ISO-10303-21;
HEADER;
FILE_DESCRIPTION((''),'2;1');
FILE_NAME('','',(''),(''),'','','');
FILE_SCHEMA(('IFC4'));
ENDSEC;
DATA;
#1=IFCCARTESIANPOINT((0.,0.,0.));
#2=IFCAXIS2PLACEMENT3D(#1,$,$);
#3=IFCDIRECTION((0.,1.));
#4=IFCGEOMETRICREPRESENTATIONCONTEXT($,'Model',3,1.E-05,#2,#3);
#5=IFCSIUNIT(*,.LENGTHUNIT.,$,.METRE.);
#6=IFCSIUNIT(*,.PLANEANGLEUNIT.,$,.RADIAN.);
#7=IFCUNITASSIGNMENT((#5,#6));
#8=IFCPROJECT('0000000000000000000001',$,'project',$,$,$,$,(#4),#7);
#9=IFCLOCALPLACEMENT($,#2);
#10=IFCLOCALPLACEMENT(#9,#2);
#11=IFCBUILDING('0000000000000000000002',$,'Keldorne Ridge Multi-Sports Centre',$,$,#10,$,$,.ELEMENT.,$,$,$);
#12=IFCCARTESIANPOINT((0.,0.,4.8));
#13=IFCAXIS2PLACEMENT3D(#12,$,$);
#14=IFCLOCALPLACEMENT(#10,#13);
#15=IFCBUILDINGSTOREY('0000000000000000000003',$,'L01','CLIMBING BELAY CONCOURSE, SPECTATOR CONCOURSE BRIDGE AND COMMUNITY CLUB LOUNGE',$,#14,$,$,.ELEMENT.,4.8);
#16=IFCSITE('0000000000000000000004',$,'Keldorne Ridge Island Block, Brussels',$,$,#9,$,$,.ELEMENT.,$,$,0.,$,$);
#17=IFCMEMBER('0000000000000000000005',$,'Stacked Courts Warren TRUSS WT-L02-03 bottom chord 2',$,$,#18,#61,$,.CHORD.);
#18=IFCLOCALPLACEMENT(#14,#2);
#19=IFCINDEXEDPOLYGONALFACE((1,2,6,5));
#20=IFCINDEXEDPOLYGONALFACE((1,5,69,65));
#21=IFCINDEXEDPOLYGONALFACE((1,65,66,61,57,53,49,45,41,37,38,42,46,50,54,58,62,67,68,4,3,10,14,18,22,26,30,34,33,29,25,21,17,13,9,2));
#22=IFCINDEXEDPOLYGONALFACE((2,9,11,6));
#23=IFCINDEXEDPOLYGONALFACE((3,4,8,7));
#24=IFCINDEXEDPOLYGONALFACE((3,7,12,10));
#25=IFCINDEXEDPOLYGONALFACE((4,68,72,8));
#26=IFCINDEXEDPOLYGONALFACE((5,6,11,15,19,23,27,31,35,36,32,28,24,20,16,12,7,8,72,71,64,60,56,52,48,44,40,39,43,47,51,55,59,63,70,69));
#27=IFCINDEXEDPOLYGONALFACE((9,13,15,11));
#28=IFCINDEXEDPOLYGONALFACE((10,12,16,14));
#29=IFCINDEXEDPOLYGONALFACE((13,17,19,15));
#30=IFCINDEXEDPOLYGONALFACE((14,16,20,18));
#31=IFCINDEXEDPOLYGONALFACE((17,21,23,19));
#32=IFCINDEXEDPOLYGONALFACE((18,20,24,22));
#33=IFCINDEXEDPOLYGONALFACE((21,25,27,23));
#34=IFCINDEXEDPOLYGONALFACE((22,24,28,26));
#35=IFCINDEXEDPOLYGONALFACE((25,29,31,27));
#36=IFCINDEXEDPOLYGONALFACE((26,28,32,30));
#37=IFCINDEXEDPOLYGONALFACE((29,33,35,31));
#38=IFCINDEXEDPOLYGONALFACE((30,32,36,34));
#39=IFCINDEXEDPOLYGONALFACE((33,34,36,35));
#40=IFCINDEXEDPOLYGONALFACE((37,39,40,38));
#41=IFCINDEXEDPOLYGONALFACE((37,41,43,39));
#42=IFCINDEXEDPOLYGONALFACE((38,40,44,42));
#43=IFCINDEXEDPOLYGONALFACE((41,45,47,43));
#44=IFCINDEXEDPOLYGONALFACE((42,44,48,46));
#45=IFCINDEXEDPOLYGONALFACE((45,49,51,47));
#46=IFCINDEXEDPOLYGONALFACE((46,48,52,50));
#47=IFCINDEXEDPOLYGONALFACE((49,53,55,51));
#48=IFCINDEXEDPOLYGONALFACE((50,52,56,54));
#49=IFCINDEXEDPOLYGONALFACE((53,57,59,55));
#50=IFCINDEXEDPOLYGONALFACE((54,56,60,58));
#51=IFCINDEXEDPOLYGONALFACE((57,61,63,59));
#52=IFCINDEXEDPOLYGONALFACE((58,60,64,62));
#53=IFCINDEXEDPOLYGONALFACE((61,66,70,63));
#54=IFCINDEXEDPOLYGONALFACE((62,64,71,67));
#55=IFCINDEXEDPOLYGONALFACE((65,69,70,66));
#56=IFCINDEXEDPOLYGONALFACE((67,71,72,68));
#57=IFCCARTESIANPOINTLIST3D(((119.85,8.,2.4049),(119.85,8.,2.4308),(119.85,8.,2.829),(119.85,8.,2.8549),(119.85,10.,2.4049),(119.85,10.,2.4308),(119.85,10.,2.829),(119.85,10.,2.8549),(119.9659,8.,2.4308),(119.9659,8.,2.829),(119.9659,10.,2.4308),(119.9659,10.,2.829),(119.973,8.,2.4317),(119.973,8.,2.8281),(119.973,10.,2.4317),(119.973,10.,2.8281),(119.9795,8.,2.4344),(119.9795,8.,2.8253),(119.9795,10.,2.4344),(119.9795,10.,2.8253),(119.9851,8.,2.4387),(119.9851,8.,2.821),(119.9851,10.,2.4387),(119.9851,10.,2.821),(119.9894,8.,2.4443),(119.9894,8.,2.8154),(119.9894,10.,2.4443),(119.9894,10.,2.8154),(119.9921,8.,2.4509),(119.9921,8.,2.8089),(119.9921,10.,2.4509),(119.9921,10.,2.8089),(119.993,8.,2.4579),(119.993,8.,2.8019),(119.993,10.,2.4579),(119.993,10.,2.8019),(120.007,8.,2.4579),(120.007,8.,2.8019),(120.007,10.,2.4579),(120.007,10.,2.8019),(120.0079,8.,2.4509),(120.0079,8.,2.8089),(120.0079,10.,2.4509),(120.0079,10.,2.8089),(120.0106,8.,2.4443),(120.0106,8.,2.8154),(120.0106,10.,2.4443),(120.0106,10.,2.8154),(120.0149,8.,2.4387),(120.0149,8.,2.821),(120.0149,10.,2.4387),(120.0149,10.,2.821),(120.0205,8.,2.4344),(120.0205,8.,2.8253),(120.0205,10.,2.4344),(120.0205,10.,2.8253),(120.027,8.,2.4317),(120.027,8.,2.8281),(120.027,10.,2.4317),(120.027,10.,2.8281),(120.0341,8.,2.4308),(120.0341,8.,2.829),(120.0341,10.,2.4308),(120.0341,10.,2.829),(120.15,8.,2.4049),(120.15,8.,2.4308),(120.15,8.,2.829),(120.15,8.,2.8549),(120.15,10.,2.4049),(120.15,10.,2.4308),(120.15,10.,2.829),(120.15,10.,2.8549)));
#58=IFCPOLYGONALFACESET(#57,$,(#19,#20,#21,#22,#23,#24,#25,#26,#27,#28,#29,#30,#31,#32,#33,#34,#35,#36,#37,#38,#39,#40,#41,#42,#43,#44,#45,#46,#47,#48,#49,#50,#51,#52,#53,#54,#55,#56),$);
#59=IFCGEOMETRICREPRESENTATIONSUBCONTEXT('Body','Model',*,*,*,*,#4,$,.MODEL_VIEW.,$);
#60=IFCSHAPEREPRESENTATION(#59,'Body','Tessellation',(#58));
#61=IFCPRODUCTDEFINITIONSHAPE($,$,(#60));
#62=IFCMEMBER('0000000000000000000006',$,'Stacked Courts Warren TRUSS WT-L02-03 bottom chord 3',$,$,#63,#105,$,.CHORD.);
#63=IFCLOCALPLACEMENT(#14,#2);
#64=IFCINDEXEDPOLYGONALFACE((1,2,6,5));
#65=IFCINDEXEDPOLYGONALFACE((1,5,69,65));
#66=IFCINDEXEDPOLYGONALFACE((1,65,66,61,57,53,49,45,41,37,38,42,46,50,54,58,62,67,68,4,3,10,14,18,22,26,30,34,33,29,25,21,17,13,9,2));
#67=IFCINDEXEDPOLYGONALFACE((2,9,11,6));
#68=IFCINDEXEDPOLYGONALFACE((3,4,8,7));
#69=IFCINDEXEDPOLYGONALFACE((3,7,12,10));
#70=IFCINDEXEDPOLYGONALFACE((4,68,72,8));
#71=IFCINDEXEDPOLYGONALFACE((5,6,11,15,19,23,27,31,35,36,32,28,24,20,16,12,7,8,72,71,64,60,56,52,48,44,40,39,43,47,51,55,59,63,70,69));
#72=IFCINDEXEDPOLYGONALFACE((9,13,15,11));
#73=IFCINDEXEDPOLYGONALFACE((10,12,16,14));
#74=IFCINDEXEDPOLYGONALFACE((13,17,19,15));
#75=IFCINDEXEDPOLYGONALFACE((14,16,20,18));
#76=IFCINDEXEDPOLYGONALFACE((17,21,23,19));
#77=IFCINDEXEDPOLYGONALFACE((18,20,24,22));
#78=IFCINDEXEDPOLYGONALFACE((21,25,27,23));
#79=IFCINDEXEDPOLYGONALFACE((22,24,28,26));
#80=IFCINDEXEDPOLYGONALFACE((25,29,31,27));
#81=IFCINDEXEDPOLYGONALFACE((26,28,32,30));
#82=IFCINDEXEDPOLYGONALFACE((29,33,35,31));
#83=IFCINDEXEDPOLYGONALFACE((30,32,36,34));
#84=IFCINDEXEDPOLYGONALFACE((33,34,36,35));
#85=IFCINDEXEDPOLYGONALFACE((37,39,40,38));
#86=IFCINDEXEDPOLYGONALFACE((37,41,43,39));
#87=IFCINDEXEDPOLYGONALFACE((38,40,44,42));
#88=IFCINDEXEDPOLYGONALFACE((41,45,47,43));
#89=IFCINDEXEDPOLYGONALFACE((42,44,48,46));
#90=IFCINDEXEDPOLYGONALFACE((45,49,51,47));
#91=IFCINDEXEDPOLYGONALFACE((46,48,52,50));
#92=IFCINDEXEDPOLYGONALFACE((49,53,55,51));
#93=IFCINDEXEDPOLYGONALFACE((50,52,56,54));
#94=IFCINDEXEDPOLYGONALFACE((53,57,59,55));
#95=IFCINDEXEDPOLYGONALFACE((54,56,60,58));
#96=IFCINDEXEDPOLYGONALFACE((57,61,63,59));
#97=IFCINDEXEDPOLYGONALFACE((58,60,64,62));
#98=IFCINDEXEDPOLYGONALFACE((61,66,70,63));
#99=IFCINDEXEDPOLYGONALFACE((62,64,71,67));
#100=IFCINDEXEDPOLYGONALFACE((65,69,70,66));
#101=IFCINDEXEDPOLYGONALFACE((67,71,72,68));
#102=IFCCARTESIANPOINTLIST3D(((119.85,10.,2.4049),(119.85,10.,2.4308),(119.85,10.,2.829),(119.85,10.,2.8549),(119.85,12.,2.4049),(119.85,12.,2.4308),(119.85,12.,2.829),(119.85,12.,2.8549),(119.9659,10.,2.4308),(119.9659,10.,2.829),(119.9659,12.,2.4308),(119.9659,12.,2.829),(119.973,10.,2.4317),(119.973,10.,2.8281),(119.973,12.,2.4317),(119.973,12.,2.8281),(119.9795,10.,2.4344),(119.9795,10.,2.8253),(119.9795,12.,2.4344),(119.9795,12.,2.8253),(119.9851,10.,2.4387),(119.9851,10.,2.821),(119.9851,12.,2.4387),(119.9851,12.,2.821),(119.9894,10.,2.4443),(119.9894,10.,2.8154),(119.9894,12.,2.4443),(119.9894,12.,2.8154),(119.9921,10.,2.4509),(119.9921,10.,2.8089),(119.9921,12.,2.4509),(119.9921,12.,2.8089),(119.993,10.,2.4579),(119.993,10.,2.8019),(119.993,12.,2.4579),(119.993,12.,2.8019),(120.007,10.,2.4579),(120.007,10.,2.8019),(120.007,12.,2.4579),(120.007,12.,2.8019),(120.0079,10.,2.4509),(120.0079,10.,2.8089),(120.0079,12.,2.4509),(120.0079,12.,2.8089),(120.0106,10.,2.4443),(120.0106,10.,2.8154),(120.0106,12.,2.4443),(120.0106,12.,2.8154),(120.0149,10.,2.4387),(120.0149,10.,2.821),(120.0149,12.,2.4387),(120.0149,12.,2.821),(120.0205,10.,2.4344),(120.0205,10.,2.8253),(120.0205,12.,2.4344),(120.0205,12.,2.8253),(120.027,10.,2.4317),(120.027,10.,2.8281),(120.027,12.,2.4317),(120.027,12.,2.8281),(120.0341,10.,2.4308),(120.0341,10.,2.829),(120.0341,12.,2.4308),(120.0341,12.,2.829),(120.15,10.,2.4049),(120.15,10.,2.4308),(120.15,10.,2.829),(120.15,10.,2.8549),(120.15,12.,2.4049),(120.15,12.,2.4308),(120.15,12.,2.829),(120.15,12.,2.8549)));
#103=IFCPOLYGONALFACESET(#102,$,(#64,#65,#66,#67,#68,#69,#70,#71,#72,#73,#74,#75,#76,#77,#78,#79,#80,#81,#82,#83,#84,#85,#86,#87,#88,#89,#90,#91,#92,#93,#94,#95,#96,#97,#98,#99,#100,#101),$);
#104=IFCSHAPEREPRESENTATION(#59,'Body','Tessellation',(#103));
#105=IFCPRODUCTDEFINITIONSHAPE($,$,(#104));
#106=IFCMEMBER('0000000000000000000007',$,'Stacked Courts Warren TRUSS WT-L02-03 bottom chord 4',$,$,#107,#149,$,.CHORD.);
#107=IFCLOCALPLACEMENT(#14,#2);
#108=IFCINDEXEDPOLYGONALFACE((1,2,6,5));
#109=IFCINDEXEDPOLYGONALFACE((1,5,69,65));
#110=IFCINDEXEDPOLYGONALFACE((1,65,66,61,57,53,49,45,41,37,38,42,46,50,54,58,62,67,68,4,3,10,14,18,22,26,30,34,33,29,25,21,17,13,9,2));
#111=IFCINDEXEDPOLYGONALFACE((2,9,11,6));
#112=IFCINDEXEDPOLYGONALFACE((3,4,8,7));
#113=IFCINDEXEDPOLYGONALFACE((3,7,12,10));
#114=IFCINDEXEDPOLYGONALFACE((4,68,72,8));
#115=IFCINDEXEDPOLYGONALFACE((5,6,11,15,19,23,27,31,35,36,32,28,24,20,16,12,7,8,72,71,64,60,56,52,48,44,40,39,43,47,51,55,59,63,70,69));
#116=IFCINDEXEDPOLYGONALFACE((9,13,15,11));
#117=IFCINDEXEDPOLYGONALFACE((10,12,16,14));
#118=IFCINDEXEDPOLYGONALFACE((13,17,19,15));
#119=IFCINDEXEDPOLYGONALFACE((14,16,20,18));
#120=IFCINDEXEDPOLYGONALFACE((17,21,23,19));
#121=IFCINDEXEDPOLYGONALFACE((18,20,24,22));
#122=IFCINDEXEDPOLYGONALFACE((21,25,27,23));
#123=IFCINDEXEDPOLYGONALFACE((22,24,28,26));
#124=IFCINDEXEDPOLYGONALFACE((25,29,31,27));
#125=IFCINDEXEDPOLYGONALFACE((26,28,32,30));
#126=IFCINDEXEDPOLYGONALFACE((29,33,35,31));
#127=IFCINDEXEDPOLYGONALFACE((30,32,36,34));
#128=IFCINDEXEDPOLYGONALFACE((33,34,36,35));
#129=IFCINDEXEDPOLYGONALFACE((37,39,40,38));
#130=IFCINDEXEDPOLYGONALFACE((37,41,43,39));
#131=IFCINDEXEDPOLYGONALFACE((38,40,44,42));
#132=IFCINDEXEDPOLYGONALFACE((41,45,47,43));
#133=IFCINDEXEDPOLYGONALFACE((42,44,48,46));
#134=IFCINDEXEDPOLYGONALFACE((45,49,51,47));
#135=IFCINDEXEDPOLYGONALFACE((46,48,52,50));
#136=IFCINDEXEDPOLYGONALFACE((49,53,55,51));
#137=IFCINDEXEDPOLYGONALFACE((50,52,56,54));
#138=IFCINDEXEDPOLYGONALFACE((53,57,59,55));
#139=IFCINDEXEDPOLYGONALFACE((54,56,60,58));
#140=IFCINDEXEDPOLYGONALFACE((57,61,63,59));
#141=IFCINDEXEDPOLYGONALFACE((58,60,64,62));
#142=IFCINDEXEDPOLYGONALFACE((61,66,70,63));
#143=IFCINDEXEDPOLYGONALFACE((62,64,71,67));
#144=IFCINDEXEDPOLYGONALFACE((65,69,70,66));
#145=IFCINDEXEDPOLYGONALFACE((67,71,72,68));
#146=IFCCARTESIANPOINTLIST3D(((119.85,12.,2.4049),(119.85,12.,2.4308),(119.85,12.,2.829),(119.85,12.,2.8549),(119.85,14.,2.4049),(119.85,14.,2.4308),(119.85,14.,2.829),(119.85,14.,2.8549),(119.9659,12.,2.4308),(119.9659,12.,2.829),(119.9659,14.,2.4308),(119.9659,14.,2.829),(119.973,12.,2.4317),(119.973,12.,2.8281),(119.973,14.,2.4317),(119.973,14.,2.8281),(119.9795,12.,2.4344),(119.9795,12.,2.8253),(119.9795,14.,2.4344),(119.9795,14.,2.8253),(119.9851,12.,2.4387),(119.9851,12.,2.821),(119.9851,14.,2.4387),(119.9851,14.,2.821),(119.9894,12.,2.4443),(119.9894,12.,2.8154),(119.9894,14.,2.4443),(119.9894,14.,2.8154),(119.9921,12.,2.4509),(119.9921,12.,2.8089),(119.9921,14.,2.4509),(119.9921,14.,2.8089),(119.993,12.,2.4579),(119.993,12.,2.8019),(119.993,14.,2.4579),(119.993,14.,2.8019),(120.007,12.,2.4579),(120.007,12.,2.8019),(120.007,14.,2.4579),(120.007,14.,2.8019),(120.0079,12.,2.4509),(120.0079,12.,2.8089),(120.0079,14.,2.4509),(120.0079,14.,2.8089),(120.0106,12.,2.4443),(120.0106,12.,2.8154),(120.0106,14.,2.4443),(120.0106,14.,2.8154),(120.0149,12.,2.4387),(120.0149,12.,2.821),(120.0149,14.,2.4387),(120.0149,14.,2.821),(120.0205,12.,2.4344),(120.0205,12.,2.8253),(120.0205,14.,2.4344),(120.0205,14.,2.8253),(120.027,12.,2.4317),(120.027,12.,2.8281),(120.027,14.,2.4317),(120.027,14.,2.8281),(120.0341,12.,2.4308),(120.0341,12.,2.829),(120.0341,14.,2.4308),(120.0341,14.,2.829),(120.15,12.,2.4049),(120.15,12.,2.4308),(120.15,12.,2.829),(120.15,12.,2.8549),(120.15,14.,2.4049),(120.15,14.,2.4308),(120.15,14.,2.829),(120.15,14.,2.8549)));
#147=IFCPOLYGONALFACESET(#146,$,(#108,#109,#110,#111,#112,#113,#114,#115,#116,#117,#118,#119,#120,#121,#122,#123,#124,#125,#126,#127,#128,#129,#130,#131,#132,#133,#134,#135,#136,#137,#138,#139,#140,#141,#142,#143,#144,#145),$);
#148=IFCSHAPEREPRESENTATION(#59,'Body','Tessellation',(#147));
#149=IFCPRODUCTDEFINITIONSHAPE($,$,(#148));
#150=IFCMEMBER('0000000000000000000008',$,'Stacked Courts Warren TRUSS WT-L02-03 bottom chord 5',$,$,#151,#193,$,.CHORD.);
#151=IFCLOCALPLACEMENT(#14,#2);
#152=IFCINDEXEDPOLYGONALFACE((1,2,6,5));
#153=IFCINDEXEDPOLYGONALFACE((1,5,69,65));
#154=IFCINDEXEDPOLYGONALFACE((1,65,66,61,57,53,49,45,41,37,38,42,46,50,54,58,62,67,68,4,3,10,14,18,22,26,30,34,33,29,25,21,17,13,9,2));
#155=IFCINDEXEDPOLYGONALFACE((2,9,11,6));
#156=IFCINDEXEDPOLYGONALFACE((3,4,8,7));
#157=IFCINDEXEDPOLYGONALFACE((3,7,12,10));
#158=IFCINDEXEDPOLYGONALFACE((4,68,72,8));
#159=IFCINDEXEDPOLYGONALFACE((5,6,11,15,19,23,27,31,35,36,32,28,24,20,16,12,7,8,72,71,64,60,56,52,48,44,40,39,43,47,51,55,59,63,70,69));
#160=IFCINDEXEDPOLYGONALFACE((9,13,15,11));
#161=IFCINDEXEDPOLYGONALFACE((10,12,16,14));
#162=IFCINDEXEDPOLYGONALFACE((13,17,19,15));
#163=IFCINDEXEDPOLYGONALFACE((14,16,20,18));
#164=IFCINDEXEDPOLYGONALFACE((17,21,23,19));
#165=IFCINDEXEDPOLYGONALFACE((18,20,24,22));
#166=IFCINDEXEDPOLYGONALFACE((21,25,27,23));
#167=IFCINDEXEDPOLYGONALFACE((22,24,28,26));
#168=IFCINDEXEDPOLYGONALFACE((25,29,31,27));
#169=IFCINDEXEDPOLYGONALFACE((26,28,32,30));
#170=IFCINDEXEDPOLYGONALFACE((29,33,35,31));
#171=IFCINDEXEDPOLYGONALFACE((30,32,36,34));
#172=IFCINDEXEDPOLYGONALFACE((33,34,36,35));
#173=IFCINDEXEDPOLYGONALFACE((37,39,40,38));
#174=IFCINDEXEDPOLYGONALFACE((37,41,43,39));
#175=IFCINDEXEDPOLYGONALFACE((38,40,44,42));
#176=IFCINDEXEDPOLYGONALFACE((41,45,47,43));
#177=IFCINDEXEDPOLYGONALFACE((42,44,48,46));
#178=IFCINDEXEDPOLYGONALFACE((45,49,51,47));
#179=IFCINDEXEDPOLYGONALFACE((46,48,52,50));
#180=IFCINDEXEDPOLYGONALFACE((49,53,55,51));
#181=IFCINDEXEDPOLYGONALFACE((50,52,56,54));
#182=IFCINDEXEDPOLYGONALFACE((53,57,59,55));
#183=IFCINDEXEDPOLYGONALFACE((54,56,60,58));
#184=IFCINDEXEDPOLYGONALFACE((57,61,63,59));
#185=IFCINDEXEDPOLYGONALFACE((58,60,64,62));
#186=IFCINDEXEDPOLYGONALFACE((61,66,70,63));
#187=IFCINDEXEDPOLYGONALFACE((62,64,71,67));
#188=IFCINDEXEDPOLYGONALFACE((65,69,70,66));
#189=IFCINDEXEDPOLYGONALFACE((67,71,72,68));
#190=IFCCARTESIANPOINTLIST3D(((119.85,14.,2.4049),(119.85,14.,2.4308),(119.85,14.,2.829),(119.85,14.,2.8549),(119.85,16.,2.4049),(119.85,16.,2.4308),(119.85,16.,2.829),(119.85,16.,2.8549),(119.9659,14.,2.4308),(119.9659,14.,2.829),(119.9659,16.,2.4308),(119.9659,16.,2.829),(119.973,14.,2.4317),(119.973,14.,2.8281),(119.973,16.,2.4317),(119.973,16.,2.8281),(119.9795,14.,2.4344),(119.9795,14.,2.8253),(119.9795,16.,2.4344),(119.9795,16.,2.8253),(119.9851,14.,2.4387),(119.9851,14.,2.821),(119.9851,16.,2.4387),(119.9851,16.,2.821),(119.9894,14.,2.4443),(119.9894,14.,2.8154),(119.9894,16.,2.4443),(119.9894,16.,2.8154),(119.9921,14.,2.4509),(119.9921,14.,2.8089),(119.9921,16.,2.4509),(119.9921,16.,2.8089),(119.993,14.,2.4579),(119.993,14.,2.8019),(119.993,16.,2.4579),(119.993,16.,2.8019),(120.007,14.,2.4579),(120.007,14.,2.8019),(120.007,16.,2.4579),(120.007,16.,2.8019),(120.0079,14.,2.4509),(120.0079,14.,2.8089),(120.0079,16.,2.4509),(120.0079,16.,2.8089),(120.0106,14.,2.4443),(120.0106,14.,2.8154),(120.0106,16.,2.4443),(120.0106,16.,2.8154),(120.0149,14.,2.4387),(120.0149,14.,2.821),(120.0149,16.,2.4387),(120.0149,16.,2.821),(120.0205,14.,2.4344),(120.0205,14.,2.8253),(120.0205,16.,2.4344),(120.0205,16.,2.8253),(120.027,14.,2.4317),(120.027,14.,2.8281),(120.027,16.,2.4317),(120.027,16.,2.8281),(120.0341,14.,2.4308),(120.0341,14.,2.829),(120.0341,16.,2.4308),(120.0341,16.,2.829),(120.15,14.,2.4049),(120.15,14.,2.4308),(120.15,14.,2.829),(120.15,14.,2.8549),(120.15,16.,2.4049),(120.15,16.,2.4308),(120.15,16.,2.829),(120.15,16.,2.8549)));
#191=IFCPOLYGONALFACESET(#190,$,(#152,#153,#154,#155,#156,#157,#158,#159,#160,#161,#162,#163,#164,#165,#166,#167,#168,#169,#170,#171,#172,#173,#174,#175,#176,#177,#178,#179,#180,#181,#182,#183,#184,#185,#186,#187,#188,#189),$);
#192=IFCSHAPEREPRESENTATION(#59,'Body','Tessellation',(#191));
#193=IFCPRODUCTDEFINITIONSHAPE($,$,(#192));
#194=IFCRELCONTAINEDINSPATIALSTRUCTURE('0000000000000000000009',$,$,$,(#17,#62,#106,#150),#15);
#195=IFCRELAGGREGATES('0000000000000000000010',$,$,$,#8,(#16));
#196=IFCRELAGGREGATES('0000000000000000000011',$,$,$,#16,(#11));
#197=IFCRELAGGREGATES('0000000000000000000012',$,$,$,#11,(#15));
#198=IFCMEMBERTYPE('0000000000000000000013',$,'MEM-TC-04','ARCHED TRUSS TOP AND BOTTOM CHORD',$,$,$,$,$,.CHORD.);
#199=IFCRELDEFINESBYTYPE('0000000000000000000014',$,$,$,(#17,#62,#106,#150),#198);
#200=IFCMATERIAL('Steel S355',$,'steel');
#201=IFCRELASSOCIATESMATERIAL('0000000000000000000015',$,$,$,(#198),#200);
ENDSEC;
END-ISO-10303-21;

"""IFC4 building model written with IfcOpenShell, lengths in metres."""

from ifc_helpers import new_model, si_unit, direction, frame, origin, origin_2d, place, context, subcontext, project, spatial, i_section, extrude, material, material_profile, profile_set, type_object, element, save


model = new_model("IFC4")

# Units and contexts
model_context = context("Model", 3, precision=1e-05, world=origin(), true_north=direction((0.0, 1.0)))
body_context = subcontext(model_context, "Body", "Model", "MODEL_VIEW")
ifc_project = project(units=[si_unit("LENGTHUNIT", "METRE"), si_unit("PLANEANGLEUNIT", "RADIAN")], contexts=[model_context])

# Site, building, storey
site_placement = place(None, origin())
site = spatial("IfcSite", under=ifc_project, at=site_placement, Name="Keldorne Ridge Island Block, Brussels", CompositionType="ELEMENT", RefElevation=0.0)
building_placement = place(site_placement, origin())
building = spatial("IfcBuilding", under=site, at=building_placement, Name="Keldorne Ridge Multi-Sports Centre", CompositionType="ELEMENT")
storey_placement = place(building_placement, frame((0.0, 0.0, 4.8)))
storey = spatial("IfcBuildingStorey", under=building, at=storey_placement, Name="L01", Description="CLIMBING BELAY CONCOURSE, SPECTATOR CONCOURSE BRIDGE AND COMMUNITY CLUB LOUNGE", CompositionType="ELEMENT", Elevation=4.8)

# Shared definitions
ifc_material_1 = material(Name="Steel S355", Category="steel")

# Members
ifc_material_profile_1 = material_profile(ifc_material_1, i_section(OverallWidth=0.3, OverallDepth=0.45, WebThickness=0.0139, FlangeThickness=0.0259, FilletRadius=0.0271, at=origin_2d()), Name="HEB 450")
ifc_profile_set_1 = profile_set([ifc_material_profile_1], Name="Steel S355")
member_type_1 = type_object("IfcMemberType", Name="MEM-TC-04", Description="ARCHED TRUSS TOP AND BOTTOM CHORD", PredefinedType="CHORD", material=ifc_profile_set_1)
for number, where, z_axis, x_axis, name in (
    (1, (120.0, 8.0, 2.6299), (0.0, 1.0, 0.0), (-1.0, 0.0, 0.0), "Stacked Courts Warren TRUSS WT-L02-03 bottom chord 2"),
    (2, (120.0, 10.0, 2.6299), (0.0, 1.0, 0.0), (-1.0, 0.0, 0.0), "Stacked Courts Warren TRUSS WT-L02-03 bottom chord 3"),
    (3, (120.0, 12.0, 2.6299), (0.0, 1.0, 0.0), (-1.0, 0.0, 0.0), "Stacked Courts Warren TRUSS WT-L02-03 bottom chord 4"),
    (4, (120.0, 14.0, 2.6299), (0.0, 1.0, 0.0), (-1.0, 0.0, 0.0), "Stacked Courts Warren TRUSS WT-L02-03 bottom chord 5"),
):
    element("IfcMember", number, at=place(storey_placement, frame(where, z_axis=z_axis, x_axis=x_axis)), inside=storey, type_object=member_type_1, Name=name, PredefinedType="CHORD", context=body_context, shape_type="SweptSolid", body=[
        extrude(i_section(OverallWidth=0.3, OverallDepth=0.45, WebThickness=0.0139, FlangeThickness=0.0259, FilletRadius=0.0271, at=origin_2d()), origin(), (0.0, 0.0, 1.0), 2.0),
    ])

save(model, "model.ifc")
